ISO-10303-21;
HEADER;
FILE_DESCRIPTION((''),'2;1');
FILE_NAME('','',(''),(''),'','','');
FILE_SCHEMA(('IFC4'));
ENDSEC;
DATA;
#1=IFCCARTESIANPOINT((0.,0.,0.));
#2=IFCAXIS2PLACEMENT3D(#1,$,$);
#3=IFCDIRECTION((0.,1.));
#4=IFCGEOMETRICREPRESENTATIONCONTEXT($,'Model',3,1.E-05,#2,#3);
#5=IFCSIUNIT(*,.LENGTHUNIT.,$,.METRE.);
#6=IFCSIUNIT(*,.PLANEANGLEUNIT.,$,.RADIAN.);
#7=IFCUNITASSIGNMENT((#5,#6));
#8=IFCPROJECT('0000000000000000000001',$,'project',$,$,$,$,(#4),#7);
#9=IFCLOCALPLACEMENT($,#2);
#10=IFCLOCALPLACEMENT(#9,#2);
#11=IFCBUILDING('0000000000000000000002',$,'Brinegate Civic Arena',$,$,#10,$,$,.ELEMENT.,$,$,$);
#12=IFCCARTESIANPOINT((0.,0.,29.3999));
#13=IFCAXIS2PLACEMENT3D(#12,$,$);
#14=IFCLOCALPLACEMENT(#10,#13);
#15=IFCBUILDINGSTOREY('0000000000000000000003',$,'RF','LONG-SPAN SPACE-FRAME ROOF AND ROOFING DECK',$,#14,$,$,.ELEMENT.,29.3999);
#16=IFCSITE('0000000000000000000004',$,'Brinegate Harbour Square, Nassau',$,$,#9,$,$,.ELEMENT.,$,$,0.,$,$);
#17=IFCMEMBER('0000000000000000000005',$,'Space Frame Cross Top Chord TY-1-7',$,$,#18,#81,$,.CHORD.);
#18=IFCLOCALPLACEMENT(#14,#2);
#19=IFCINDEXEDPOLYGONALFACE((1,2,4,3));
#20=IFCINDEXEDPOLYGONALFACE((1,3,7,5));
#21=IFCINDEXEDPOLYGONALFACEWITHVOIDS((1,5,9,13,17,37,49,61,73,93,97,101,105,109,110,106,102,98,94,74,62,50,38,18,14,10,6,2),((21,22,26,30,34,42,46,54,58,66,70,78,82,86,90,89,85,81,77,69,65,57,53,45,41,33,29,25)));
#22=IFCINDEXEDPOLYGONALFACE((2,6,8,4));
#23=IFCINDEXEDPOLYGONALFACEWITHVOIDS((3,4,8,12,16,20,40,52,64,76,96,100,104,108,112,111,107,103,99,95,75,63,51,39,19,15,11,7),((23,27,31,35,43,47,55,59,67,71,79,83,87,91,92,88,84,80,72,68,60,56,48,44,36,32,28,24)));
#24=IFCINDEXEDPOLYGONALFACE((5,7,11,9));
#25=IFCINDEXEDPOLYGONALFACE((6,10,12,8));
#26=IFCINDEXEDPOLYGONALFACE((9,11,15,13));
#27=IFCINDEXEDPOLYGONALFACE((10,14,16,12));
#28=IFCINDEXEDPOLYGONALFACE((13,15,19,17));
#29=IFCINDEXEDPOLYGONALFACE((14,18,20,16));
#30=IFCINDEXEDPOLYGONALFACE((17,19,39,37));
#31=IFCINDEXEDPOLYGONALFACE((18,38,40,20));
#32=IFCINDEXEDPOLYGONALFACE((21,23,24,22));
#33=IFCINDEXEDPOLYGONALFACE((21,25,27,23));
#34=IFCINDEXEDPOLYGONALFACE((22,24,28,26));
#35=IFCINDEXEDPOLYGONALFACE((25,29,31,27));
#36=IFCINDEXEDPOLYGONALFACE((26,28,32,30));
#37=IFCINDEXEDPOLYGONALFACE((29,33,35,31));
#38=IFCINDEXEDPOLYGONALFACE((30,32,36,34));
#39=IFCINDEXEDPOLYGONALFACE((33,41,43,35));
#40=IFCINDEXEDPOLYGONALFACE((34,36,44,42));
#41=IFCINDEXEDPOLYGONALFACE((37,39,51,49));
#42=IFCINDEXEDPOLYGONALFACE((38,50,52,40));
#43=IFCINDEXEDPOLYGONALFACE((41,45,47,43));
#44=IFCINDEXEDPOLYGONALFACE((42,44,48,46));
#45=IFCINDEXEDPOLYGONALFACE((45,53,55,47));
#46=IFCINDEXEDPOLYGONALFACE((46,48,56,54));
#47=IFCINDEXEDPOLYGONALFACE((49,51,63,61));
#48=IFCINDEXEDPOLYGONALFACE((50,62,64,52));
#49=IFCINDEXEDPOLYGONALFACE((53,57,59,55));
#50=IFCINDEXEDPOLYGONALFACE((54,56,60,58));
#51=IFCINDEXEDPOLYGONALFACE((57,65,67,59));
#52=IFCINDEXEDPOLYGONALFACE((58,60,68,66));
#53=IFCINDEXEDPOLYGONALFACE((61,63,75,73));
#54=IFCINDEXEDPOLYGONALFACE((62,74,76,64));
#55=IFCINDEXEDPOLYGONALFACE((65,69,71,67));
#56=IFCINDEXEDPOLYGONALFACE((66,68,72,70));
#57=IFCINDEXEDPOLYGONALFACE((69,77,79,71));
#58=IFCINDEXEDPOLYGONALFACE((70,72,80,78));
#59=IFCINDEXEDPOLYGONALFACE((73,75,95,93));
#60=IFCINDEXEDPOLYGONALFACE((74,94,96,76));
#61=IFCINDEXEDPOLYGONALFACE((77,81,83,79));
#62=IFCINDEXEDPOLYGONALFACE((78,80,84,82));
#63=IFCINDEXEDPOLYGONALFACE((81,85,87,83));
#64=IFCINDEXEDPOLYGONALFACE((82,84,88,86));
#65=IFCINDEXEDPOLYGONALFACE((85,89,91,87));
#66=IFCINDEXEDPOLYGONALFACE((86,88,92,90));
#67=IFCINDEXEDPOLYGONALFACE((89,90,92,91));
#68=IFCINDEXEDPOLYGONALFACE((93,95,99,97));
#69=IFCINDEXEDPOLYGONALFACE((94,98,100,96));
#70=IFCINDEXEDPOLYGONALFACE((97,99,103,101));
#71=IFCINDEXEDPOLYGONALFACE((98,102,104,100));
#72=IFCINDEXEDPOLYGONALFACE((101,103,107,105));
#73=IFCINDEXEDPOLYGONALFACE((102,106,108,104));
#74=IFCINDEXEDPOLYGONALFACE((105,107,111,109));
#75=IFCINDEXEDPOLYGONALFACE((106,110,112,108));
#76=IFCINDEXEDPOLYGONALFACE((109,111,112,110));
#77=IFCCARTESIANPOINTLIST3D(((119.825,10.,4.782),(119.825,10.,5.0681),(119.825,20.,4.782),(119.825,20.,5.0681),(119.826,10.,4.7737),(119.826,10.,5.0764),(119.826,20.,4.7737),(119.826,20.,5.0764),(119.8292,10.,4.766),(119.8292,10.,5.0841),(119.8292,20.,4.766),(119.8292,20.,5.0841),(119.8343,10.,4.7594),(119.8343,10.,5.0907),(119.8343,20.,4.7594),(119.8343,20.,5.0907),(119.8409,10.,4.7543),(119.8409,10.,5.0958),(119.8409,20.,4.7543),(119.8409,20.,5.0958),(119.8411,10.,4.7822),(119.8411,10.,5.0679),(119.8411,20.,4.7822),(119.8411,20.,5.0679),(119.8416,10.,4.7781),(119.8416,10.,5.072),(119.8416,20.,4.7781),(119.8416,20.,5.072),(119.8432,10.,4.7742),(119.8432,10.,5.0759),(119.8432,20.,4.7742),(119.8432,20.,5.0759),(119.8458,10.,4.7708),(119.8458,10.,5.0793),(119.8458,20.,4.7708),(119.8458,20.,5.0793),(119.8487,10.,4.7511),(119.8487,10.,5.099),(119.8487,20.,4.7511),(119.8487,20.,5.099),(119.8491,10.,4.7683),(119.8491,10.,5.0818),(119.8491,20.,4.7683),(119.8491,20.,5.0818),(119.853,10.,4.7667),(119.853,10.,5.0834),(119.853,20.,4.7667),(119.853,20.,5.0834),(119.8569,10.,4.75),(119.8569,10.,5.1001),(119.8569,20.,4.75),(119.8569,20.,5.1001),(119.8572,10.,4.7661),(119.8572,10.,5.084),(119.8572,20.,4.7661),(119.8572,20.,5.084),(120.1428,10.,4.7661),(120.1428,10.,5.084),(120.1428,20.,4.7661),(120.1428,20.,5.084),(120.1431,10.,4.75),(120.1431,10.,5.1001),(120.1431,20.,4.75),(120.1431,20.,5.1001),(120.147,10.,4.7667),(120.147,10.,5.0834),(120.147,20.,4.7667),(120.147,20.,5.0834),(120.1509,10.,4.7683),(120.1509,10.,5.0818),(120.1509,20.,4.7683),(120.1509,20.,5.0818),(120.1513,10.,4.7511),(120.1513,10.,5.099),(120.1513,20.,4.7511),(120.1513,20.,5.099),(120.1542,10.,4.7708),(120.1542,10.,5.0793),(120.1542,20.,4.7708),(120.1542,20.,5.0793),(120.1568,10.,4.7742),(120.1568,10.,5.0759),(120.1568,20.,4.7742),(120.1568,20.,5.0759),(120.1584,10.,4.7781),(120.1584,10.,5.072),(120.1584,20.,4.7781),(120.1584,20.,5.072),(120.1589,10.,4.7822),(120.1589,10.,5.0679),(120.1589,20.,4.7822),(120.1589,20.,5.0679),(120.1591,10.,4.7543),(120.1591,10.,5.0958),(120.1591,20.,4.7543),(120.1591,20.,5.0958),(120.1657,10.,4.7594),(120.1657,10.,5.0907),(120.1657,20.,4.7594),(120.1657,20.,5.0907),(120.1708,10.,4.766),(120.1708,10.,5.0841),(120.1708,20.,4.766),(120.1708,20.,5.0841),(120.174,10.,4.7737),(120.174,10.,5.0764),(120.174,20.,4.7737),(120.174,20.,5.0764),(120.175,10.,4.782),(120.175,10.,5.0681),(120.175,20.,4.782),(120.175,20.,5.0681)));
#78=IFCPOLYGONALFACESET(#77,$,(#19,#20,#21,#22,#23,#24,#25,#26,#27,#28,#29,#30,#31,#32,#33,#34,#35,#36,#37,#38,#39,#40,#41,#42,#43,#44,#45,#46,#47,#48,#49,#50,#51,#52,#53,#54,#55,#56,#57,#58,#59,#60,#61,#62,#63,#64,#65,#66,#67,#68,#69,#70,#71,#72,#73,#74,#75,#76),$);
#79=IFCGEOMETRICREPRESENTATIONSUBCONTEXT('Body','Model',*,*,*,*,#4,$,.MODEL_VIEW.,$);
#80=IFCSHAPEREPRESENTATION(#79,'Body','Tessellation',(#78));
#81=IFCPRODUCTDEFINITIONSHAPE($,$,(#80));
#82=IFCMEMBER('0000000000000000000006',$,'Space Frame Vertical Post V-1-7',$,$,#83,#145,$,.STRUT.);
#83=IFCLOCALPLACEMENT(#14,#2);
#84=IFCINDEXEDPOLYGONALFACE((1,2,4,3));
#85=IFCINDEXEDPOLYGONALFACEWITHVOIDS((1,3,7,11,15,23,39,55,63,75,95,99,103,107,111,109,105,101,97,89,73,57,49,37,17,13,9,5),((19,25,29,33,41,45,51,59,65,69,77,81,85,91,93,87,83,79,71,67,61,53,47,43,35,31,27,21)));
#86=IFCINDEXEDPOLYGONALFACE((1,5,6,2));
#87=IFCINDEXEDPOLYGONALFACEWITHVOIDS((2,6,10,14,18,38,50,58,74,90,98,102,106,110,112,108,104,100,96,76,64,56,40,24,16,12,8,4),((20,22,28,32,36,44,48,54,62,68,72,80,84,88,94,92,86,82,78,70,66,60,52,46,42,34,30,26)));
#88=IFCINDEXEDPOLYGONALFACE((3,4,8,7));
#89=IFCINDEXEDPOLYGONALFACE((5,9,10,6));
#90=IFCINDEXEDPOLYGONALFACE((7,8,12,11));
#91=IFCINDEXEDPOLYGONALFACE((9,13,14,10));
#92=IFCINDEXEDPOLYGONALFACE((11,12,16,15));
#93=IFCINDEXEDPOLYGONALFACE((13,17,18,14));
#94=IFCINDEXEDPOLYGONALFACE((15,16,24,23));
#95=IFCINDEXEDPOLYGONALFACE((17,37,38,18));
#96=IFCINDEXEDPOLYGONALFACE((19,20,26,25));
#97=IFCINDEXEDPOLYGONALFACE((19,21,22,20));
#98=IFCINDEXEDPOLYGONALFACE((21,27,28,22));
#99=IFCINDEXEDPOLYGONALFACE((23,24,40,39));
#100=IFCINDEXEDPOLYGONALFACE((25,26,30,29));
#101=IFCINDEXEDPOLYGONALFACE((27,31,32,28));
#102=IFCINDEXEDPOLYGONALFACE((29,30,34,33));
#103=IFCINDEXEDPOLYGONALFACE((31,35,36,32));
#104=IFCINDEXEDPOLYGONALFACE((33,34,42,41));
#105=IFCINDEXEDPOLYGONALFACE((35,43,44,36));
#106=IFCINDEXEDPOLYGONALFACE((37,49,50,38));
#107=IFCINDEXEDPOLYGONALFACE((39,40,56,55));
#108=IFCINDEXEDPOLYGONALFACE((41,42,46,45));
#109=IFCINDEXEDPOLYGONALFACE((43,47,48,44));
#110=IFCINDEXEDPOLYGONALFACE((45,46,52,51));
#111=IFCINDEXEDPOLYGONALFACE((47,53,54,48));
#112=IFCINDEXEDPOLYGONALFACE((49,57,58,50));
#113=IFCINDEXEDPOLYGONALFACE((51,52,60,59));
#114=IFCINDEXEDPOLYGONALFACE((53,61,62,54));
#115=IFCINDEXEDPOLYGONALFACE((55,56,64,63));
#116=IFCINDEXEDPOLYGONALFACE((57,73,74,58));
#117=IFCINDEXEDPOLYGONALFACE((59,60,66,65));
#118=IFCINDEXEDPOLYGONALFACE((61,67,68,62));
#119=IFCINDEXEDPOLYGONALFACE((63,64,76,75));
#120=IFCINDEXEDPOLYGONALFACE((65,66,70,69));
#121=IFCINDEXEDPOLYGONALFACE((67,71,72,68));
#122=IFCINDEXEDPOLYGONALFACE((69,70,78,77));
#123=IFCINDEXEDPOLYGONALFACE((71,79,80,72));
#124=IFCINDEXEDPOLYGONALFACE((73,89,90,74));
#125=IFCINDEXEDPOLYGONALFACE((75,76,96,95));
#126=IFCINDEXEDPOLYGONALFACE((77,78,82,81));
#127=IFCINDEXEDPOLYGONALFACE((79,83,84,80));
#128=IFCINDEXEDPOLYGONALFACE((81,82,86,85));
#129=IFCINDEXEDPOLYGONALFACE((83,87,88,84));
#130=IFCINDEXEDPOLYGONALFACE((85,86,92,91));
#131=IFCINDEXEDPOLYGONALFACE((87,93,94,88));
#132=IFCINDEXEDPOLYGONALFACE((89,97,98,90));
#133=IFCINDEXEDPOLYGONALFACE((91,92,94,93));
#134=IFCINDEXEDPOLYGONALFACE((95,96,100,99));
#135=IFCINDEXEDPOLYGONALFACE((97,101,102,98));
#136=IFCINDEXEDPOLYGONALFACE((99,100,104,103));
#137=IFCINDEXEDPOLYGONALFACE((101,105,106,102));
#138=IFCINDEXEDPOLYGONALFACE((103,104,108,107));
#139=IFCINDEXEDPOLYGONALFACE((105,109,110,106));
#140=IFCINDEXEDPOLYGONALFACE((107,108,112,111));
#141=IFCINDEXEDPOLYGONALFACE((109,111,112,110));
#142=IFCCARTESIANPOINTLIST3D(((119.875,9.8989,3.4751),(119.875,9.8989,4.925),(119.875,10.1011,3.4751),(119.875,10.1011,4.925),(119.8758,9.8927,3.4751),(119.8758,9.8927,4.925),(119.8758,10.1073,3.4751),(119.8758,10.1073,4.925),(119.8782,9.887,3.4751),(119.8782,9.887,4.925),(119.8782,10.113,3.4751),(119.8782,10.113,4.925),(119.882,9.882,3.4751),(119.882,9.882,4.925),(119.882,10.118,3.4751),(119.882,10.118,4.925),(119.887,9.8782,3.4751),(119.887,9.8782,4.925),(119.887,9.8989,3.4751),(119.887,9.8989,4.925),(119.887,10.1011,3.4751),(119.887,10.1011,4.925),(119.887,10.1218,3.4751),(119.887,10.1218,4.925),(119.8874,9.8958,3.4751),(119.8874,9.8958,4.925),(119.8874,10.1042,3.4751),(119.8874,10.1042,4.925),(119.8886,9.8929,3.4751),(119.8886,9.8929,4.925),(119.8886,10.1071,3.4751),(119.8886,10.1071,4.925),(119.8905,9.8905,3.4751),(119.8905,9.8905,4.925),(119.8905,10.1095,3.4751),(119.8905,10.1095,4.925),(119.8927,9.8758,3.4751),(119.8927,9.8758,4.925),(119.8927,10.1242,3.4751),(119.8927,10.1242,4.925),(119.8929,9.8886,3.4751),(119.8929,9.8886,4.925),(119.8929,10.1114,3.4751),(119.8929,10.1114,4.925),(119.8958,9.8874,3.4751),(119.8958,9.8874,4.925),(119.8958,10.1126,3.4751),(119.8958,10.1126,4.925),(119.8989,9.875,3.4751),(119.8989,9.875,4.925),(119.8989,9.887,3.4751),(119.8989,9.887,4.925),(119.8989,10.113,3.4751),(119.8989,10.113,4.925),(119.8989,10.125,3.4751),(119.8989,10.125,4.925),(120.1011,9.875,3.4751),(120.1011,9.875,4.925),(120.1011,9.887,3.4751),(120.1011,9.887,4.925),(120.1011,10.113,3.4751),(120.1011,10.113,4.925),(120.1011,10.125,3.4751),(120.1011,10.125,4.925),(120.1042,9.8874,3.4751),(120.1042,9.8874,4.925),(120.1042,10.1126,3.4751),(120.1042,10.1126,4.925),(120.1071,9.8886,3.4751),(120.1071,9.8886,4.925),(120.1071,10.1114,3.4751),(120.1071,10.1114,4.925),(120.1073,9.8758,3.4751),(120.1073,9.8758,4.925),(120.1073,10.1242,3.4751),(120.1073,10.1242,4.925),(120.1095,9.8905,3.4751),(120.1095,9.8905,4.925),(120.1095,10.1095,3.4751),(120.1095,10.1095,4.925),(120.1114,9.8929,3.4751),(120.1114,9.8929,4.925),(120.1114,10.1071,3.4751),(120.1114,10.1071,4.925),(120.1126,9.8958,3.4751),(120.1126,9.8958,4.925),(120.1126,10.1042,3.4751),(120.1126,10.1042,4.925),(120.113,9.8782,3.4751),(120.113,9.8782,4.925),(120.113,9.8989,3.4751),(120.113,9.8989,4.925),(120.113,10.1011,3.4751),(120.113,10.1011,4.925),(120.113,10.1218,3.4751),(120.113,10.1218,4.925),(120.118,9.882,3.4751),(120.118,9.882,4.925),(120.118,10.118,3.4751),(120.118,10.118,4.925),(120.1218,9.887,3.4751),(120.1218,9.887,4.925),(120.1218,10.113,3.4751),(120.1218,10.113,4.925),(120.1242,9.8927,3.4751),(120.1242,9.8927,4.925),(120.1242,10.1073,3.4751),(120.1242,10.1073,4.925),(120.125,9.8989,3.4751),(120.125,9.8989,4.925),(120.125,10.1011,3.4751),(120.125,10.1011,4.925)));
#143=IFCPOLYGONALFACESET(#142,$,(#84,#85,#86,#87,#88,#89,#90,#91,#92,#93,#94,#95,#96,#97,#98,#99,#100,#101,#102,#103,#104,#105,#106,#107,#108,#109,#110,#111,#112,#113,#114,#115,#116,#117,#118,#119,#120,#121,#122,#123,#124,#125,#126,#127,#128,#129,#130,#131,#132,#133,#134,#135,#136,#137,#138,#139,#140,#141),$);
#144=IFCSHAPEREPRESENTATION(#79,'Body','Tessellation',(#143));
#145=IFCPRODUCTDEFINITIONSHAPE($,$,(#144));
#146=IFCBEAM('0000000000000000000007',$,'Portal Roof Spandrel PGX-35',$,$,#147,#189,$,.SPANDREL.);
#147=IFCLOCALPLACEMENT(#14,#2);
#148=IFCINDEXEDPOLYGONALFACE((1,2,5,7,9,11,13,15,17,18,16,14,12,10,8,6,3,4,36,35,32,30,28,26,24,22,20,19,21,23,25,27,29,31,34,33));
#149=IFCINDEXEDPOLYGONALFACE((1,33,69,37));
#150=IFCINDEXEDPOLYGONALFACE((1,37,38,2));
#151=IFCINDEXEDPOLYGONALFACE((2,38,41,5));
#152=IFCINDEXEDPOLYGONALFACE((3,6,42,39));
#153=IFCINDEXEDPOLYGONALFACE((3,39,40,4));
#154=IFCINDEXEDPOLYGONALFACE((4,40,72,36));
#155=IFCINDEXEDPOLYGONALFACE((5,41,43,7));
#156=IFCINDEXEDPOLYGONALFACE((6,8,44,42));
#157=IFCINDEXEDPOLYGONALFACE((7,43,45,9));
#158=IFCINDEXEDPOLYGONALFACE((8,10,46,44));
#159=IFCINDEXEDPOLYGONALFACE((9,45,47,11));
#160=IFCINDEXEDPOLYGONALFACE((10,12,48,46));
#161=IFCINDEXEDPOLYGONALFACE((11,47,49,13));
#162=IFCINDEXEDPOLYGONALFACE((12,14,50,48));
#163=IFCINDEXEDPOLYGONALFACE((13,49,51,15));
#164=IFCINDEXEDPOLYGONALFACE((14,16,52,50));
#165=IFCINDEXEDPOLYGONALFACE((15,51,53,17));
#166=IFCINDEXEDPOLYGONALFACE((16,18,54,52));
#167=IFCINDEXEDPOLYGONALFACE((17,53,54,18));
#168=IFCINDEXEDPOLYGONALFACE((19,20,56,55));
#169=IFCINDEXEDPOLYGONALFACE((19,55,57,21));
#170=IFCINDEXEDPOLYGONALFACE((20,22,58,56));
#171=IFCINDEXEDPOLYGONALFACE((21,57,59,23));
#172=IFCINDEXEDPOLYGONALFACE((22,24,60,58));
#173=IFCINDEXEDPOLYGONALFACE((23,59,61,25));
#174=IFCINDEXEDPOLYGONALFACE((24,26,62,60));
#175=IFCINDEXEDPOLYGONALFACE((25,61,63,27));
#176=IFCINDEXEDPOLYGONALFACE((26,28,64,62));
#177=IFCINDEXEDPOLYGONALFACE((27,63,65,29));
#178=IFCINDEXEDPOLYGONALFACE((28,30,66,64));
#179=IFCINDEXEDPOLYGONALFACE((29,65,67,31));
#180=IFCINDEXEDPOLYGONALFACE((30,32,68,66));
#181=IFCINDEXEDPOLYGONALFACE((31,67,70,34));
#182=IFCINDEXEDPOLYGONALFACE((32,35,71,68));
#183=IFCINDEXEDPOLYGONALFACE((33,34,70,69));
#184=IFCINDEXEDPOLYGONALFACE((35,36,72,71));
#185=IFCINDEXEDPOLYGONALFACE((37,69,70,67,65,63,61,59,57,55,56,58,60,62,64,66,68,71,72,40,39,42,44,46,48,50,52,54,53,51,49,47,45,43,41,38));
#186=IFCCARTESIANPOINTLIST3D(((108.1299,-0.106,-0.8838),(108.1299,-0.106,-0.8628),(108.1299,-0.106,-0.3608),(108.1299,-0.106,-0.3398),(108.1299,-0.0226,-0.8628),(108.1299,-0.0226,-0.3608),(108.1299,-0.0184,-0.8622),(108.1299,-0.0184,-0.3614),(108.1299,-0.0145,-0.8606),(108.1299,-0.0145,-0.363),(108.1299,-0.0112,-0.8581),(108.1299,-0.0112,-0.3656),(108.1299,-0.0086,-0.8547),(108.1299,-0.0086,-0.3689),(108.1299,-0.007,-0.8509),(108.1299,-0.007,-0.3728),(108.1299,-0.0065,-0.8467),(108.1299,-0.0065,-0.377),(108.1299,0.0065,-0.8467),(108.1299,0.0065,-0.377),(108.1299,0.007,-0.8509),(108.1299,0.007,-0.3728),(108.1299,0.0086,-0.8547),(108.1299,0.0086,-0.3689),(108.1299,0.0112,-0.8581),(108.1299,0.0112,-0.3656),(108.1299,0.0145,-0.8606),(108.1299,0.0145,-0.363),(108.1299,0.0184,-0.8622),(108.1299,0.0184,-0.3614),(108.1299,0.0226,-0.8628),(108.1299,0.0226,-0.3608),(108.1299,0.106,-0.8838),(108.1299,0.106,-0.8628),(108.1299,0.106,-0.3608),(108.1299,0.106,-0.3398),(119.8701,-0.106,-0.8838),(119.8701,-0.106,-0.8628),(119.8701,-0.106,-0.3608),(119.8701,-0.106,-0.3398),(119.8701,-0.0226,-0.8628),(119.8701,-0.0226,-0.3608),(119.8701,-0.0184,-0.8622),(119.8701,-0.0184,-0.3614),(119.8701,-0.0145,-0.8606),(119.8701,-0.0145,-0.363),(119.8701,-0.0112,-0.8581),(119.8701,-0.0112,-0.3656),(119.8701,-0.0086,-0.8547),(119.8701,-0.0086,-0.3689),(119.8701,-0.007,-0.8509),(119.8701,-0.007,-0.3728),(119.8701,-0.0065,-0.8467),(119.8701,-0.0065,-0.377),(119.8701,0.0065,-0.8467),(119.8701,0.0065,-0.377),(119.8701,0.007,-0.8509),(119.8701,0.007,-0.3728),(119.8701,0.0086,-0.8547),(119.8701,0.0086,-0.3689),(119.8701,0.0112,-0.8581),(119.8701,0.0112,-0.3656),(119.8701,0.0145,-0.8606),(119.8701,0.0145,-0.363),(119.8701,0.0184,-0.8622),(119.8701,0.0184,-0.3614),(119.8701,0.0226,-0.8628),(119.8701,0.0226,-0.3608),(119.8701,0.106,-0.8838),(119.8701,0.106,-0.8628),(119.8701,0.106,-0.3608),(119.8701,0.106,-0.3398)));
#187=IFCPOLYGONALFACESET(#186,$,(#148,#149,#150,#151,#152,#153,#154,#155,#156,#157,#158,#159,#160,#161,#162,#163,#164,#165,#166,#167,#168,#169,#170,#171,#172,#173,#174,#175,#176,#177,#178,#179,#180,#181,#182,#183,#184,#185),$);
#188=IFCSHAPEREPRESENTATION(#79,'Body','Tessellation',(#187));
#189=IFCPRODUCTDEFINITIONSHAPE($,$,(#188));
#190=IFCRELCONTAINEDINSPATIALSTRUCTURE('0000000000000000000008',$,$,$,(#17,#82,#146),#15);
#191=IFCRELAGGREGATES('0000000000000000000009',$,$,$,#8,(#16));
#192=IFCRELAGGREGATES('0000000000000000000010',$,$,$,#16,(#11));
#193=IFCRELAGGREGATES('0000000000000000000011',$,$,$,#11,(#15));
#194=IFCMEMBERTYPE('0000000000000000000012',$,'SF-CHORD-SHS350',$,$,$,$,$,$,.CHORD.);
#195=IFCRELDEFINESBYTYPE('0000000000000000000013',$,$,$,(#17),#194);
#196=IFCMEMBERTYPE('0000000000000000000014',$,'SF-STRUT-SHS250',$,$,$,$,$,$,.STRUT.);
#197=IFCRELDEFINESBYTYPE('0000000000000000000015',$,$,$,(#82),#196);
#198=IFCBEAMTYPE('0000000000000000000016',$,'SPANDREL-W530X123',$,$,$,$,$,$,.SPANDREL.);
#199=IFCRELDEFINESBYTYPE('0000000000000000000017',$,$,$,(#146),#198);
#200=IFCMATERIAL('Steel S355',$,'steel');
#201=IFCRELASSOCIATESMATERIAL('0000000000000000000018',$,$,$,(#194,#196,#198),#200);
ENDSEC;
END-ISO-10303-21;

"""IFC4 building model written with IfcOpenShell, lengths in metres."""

from ifc_helpers import new_model, si_unit, direction, frame, origin, origin_2d, place, context, subcontext, project, spatial, hollow_rectangle, i_section, extrude, material, material_profile, profile_set, type_object, element, save


model = new_model("IFC4")

# Units and contexts
model_context = context("Model", 3, precision=1e-05, world=origin(), true_north=direction((0.0, 1.0)))
body_context = subcontext(model_context, "Body", "Model", "MODEL_VIEW")
ifc_project = project(units=[si_unit("LENGTHUNIT", "METRE"), si_unit("PLANEANGLEUNIT", "RADIAN")], contexts=[model_context])

# Site, building, storey
site_placement = place(None, origin())
site = spatial("IfcSite", under=ifc_project, at=site_placement, Name="Brinegate Harbour Square, Nassau", CompositionType="ELEMENT", RefElevation=0.0)
building_placement = place(site_placement, origin())
building = spatial("IfcBuilding", under=site, at=building_placement, Name="Brinegate Civic Arena", CompositionType="ELEMENT")
storey_placement = place(building_placement, frame((0.0, 0.0, 29.3999)))
storey = spatial("IfcBuildingStorey", under=building, at=storey_placement, Name="RF", Description="LONG-SPAN SPACE-FRAME ROOF AND ROOFING DECK", CompositionType="ELEMENT", Elevation=29.3999)

# Shared definitions
ifc_material_1 = material(Name="Steel S355", Category="steel")

# Members
ifc_material_profile_1 = material_profile(ifc_material_1, hollow_rectangle(XDim=0.3501, YDim=0.3501, WallThickness=0.0161, InnerFilletRadius=0.0161, OuterFilletRadius=0.032, at=origin_2d()), Name="SHS350X16")
ifc_profile_set_1 = profile_set([ifc_material_profile_1], Name="Steel S355")
member_type_1 = type_object("IfcMemberType", Name="SF-CHORD-SHS350", PredefinedType="CHORD", material=ifc_profile_set_1)
member_1_placement = place(storey_placement, frame((120.0, 10.0, 4.925), z_axis=(0.0, 1.0, 0.0), x_axis=(-1.0, 0.0, 0.0)))
element("IfcMember", 1, at=member_1_placement, inside=storey, type_object=member_type_1, Name="Space Frame Cross Top Chord TY-1-7", PredefinedType="CHORD", context=body_context, shape_type="SweptSolid", body=[
    extrude(hollow_rectangle(XDim=0.3501, YDim=0.3501, WallThickness=0.0161, InnerFilletRadius=0.0161, OuterFilletRadius=0.032, at=origin_2d()), origin(), (0.0, 0.0, 1.0), 10.0),
])
ifc_material_profile_2 = material_profile(ifc_material_1, hollow_rectangle(XDim=0.25, YDim=0.25, WallThickness=0.012, InnerFilletRadius=0.012, OuterFilletRadius=0.0239, at=origin_2d()), Name="SHS250X12")
ifc_profile_set_2 = profile_set([ifc_material_profile_2], Name="Steel S355")
member_type_2 = type_object("IfcMemberType", Name="SF-STRUT-SHS250", PredefinedType="STRUT", material=ifc_profile_set_2)
member_2_placement = place(storey_placement, frame((120.0, 10.0, 3.4751), z_axis=(0.0, 0.0, 1.0), x_axis=(1.0, 0.0, 0.0)))
element("IfcMember", 2, at=member_2_placement, inside=storey, type_object=member_type_2, Name="Space Frame Vertical Post V-1-7", PredefinedType="STRUT", context=body_context, shape_type="SweptSolid", body=[
    extrude(hollow_rectangle(XDim=0.25, YDim=0.25, WallThickness=0.012, InnerFilletRadius=0.012, OuterFilletRadius=0.0239, at=origin_2d()), origin(), (0.0, 0.0, 1.0), 1.45),
])

# Beam
ifc_material_profile_3 = material_profile(ifc_material_1, i_section(OverallWidth=0.2119, OverallDepth=0.5439, WebThickness=0.0129, FlangeThickness=0.021, FilletRadius=0.0161, at=origin_2d()), Name="W530X123")
ifc_profile_set_3 = profile_set([ifc_material_profile_3], Name="Steel S355")
beam_type_1 = type_object("IfcBeamType", Name="SPANDREL-W530X123", PredefinedType="SPANDREL", material=ifc_profile_set_3)
for number, where, z_axis, x_axis, name in (
    (3, (108.1299, 0.0, -0.6118), (1.0, 0.0, 0.0), (0.0, 1.0, 0.0), "Portal Roof Spandrel PGX-35"),
):
    element("IfcBeam", number, at=place(storey_placement, frame(where, z_axis=z_axis, x_axis=x_axis)), inside=storey, type_object=beam_type_1, Name=name, PredefinedType="SPANDREL", context=body_context, shape_type="SweptSolid", body=[
        extrude(i_section(OverallWidth=0.2119, OverallDepth=0.5439, WebThickness=0.0129, FlangeThickness=0.021, FilletRadius=0.0161, at=origin_2d()), origin(), (0.0, 0.0, 1.0), 11.7402),
    ])

save(model, "model.ifc")
